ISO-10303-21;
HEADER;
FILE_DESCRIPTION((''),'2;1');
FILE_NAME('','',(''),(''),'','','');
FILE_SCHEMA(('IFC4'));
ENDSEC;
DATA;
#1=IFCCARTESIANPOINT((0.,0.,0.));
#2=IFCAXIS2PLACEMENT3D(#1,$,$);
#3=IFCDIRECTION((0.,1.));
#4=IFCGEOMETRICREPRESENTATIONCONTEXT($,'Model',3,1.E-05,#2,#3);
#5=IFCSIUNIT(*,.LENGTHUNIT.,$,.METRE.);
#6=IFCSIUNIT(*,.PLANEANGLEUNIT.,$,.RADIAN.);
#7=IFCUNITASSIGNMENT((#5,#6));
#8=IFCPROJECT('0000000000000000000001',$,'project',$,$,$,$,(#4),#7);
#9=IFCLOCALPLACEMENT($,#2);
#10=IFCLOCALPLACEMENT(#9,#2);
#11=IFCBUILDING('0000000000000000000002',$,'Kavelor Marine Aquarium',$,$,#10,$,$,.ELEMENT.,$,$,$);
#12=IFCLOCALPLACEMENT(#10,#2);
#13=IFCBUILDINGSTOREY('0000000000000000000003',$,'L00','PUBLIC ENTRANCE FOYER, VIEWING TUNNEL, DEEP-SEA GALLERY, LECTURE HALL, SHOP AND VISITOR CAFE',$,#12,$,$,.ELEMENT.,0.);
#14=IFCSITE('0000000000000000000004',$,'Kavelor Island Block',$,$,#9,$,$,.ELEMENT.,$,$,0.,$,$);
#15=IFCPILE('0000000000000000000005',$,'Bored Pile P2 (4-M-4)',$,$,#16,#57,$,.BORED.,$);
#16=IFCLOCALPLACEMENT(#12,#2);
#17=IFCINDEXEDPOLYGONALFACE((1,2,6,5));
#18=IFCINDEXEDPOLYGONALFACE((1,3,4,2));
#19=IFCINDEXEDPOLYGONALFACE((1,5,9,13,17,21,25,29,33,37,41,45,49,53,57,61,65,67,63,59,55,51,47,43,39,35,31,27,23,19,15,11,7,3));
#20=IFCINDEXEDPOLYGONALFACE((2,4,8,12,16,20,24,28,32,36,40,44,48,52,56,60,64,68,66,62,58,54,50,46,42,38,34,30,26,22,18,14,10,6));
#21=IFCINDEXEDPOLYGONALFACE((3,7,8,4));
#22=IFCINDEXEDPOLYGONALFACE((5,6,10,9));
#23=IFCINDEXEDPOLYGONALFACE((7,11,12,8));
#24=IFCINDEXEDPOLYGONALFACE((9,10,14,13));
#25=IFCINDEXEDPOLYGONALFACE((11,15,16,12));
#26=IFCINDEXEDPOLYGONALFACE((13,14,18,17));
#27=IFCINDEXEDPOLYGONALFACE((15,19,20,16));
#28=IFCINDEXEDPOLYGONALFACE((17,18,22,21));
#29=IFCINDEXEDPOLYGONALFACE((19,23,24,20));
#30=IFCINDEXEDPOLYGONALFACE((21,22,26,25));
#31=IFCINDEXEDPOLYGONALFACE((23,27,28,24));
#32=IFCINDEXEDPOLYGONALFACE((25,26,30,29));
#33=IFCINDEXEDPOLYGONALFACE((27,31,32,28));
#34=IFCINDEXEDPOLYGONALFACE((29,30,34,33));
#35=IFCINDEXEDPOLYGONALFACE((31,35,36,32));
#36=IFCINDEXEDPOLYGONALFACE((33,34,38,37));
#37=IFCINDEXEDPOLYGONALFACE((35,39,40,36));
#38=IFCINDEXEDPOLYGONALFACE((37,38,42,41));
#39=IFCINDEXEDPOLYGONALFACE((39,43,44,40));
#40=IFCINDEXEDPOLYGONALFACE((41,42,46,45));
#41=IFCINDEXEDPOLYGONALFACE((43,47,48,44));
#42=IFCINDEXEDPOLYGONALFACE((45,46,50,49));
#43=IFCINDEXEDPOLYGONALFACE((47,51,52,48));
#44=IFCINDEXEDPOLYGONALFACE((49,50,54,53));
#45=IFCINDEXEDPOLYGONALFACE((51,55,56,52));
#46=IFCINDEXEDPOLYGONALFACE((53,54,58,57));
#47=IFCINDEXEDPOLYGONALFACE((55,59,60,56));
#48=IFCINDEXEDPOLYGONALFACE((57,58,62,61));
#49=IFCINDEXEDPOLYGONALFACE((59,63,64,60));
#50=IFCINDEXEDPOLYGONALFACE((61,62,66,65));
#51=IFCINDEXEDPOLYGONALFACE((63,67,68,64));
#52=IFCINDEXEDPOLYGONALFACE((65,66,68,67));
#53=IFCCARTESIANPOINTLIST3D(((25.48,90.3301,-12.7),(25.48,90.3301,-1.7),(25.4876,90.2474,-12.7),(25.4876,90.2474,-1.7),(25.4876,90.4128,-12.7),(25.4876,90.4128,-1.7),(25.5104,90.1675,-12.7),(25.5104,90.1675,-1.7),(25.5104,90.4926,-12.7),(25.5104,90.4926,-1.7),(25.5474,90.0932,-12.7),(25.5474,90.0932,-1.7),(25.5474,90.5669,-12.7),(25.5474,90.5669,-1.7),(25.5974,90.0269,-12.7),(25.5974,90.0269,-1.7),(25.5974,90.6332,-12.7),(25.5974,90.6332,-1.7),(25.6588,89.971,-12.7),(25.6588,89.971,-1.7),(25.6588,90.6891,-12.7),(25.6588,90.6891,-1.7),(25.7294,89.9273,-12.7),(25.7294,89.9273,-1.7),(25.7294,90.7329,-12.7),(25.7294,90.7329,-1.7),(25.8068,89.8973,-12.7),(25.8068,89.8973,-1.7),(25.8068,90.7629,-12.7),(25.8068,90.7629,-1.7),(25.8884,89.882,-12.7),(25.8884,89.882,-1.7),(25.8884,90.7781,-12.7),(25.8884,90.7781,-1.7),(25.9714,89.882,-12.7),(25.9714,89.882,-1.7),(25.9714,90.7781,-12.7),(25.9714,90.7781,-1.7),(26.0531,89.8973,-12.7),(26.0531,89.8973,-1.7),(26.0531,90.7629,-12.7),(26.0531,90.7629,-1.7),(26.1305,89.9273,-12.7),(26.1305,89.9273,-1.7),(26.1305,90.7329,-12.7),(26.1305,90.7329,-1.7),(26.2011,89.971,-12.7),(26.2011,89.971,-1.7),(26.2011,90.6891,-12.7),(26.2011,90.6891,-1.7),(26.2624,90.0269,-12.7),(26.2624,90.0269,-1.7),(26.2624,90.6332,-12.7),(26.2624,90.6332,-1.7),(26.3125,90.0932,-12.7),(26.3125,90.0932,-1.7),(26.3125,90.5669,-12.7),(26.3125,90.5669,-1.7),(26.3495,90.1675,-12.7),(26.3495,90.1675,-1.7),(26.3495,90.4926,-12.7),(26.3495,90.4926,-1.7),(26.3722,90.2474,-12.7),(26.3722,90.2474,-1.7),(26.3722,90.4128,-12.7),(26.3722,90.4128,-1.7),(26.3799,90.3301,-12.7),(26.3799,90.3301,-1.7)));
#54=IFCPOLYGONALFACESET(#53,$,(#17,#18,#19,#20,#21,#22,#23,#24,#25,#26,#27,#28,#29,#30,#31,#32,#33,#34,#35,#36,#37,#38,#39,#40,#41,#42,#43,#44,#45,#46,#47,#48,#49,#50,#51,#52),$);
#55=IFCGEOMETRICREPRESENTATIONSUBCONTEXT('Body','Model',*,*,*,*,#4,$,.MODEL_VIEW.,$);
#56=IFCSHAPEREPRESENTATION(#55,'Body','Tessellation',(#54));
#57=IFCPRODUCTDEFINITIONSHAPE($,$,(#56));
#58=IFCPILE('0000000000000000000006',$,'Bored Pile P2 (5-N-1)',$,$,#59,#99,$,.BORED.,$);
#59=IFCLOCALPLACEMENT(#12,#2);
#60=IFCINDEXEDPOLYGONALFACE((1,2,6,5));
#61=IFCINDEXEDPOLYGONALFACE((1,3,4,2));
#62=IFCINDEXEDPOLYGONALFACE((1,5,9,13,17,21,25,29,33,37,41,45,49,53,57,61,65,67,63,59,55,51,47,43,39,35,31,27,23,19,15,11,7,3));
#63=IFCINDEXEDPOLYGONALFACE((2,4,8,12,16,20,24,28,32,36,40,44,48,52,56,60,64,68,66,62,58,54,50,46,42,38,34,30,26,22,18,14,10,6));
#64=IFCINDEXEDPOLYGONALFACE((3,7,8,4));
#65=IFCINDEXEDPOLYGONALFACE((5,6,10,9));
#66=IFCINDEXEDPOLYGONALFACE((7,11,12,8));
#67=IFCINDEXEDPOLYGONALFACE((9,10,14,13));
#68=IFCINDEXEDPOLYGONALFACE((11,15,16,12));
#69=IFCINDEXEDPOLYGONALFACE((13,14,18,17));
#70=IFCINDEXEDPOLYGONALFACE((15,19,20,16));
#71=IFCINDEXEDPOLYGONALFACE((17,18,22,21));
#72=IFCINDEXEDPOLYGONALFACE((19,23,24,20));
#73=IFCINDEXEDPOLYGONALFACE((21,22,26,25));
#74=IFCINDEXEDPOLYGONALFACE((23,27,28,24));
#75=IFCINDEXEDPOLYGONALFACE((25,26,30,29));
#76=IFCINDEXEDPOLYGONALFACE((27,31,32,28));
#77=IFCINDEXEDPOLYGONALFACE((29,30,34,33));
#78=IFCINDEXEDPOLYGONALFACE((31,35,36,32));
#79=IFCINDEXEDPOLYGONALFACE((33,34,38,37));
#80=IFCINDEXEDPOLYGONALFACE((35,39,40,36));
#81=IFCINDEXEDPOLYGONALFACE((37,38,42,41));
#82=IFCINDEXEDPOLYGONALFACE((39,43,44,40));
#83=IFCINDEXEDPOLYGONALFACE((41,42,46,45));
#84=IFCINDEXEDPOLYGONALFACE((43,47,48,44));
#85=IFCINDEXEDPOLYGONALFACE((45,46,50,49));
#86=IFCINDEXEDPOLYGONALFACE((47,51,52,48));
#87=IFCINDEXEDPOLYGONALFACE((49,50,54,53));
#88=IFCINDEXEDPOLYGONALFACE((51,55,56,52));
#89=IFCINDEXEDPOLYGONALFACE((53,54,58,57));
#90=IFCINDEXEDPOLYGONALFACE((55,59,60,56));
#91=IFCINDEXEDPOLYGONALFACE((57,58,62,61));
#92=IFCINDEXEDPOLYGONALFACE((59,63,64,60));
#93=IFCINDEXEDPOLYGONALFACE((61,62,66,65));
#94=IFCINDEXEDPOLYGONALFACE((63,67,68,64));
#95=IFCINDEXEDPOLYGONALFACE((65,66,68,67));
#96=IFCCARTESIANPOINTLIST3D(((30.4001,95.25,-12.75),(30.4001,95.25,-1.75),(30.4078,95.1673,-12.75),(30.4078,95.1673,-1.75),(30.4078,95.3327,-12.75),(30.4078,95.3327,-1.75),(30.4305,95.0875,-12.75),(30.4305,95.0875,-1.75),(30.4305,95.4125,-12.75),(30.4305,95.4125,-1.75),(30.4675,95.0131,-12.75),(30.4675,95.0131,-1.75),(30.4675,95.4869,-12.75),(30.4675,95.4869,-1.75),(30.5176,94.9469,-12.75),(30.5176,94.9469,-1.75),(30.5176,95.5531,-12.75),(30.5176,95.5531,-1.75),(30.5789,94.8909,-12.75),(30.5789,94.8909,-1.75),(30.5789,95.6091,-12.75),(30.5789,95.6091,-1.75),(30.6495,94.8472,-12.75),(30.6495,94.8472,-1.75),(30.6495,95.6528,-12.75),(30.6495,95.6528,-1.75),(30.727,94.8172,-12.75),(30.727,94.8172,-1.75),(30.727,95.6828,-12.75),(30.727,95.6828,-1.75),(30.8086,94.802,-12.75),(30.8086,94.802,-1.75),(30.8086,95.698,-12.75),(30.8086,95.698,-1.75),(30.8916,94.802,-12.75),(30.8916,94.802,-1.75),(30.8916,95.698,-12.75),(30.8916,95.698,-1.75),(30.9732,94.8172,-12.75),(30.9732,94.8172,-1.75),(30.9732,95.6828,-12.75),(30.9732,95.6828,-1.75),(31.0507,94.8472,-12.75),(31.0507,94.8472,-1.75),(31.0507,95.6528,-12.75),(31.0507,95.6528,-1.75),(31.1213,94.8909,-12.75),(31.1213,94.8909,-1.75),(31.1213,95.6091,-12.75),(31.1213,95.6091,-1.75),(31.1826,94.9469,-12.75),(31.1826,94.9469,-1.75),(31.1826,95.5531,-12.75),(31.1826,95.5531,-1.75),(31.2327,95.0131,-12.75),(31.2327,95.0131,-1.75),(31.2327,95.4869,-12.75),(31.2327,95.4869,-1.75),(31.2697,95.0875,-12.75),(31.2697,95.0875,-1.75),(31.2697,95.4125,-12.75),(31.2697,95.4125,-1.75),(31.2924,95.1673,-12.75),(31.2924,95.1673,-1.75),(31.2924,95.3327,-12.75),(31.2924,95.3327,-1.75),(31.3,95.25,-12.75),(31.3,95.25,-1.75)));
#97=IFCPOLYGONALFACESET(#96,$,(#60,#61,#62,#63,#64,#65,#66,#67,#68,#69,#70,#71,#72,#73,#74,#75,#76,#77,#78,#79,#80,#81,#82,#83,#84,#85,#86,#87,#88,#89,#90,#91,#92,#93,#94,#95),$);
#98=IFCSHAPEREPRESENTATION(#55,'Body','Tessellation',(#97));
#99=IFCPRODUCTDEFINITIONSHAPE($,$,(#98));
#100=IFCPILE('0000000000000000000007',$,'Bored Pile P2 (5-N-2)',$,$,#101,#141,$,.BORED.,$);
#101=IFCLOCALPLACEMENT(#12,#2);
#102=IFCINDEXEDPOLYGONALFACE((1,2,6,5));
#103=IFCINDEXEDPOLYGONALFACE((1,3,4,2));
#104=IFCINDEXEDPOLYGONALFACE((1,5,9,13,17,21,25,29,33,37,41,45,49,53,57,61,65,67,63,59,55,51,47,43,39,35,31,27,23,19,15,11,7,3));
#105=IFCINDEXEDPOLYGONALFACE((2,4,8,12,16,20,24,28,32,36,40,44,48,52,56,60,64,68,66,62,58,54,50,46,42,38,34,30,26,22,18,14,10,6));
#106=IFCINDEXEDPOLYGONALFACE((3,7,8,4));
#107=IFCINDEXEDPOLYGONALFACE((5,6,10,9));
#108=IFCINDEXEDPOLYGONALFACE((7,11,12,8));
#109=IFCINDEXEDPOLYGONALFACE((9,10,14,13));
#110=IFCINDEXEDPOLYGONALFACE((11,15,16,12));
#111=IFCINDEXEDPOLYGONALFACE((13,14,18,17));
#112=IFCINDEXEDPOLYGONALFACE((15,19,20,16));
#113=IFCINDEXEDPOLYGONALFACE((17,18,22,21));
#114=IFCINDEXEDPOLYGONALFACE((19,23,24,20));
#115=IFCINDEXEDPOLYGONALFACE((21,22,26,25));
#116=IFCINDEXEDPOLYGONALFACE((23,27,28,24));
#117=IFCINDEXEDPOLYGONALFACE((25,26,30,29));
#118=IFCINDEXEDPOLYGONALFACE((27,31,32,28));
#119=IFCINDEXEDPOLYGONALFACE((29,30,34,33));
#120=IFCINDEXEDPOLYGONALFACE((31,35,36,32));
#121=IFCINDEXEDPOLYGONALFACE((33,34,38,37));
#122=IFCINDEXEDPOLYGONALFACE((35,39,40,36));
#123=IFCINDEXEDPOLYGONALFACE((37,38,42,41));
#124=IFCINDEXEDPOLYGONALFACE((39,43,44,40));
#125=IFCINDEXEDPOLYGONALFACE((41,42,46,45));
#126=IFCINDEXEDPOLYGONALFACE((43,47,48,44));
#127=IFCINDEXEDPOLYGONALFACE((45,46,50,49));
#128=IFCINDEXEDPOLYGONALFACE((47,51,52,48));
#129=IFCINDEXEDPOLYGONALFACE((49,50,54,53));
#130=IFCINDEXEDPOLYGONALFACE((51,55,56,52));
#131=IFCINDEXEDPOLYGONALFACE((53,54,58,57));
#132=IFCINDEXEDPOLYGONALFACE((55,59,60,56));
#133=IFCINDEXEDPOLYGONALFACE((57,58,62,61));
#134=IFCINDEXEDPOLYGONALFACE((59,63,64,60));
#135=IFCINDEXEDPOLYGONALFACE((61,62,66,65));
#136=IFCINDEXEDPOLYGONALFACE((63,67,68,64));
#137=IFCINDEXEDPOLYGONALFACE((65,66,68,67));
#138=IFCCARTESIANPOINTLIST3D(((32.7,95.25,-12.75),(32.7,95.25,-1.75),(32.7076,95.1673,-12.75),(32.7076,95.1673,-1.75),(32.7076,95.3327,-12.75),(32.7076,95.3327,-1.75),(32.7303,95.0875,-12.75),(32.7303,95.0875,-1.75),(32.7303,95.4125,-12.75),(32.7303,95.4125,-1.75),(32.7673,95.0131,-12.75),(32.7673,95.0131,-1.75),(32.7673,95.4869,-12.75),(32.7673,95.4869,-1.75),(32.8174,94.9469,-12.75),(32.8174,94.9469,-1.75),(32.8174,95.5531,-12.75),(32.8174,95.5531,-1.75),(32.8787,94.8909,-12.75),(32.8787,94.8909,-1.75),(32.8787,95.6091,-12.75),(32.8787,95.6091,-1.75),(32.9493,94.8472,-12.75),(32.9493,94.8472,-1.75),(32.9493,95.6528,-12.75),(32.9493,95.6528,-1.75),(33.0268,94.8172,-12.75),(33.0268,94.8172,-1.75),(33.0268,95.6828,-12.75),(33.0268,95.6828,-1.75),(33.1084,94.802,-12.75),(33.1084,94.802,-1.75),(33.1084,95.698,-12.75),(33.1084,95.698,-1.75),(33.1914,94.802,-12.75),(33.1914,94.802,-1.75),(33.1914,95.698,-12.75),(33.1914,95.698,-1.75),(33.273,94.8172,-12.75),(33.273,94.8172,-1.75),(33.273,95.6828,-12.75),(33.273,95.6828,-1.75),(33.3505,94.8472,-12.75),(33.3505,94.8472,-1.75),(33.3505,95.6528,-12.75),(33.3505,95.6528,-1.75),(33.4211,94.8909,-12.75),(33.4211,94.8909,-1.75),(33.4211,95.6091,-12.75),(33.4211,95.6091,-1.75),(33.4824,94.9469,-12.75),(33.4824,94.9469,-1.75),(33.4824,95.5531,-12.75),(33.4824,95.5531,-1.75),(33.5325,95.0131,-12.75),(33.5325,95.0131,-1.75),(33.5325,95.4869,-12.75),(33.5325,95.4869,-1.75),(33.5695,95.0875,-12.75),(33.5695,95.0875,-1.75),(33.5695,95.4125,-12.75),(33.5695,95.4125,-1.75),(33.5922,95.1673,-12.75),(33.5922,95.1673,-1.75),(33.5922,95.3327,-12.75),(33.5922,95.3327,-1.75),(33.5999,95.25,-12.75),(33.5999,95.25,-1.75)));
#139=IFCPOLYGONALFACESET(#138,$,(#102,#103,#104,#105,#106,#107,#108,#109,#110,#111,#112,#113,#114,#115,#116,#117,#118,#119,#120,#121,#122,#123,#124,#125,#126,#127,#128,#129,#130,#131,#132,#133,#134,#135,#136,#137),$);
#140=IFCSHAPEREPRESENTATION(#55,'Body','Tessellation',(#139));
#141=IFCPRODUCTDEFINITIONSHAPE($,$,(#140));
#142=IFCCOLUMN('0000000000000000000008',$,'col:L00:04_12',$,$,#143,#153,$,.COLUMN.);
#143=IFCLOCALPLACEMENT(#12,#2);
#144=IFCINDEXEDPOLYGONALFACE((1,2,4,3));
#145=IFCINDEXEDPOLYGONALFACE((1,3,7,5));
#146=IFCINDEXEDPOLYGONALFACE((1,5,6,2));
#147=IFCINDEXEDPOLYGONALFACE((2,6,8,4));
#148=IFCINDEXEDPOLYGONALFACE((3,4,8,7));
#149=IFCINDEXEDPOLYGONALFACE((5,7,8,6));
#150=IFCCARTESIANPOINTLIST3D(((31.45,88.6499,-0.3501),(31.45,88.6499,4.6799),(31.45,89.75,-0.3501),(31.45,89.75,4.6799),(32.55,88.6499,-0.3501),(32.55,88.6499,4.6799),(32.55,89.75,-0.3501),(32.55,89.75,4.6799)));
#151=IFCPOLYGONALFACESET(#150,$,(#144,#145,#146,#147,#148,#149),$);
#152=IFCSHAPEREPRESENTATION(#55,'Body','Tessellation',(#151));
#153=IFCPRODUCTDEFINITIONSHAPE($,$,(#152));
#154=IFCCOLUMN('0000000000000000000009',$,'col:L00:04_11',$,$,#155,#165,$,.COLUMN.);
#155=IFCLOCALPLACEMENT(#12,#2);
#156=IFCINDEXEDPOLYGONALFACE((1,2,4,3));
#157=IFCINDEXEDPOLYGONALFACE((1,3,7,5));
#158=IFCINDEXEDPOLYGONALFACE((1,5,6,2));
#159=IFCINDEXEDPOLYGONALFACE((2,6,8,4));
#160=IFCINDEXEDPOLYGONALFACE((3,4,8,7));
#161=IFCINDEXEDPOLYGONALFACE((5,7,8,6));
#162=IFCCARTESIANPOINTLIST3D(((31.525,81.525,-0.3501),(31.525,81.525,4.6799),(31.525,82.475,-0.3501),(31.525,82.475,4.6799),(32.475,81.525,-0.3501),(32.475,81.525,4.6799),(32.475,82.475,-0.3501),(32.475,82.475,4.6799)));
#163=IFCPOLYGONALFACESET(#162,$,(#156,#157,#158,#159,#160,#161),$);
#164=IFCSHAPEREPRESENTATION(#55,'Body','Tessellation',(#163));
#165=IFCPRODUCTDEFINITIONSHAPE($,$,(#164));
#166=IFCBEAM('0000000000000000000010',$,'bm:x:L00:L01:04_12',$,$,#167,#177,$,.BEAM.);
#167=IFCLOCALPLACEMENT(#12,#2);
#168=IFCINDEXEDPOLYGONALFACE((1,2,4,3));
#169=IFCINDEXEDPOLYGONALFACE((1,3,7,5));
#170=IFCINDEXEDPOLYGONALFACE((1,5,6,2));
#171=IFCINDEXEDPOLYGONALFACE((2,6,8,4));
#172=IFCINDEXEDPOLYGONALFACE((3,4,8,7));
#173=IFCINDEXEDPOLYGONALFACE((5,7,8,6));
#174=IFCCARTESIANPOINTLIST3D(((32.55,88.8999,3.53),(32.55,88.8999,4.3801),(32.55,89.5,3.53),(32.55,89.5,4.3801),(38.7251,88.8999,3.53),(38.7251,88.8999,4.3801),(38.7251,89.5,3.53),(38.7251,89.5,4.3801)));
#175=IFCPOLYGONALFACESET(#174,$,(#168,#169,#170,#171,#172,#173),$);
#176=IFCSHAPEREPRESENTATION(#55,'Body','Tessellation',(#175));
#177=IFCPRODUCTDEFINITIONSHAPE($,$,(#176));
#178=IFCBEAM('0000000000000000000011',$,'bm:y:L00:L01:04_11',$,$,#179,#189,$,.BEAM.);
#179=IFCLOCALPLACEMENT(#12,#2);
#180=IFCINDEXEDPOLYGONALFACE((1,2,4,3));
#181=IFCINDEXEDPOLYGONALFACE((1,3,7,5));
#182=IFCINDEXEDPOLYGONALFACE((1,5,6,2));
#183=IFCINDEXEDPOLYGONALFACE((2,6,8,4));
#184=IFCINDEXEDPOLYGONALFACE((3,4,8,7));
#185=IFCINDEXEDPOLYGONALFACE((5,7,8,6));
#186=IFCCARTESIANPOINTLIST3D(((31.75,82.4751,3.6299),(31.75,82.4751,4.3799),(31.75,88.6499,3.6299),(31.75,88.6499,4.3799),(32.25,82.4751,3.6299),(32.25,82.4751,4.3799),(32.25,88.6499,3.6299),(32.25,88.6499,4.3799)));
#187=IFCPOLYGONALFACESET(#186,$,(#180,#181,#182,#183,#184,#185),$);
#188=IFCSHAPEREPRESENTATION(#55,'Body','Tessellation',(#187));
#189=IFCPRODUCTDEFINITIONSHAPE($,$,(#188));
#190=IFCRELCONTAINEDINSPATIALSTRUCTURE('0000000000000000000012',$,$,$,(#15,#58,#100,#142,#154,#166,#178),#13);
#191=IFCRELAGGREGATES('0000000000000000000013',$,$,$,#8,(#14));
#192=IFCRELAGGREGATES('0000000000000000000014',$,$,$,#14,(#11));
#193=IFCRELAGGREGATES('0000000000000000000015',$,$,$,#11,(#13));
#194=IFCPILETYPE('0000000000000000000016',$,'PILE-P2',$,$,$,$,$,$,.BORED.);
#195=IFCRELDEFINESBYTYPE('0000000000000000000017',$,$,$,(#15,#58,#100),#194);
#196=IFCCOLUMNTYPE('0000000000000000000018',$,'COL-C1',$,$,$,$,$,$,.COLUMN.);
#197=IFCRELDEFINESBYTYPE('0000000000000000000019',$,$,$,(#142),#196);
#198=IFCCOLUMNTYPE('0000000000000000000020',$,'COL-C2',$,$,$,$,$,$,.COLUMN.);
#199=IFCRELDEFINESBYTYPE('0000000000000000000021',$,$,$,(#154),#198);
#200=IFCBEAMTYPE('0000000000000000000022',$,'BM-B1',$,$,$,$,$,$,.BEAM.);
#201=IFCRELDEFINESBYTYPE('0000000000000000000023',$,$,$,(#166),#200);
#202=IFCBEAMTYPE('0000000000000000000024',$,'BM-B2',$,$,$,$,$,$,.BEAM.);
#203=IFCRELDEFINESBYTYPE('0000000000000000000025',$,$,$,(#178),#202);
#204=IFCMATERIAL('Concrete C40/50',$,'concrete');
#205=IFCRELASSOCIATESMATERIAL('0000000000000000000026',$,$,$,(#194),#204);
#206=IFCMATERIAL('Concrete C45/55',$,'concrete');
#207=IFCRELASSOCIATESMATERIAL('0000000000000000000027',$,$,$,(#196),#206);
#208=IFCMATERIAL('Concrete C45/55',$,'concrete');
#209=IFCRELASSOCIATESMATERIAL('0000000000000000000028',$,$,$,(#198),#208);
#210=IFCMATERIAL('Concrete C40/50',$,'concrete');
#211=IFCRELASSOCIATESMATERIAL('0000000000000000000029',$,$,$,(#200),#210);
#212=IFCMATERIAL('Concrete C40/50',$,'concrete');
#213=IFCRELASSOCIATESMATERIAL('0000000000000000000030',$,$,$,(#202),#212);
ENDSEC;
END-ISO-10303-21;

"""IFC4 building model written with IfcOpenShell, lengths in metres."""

from ifc_helpers import new_model, si_unit, direction, frame, origin, origin_2d, place, context, subcontext, project, spatial, rectangle, circle, extrude, material, material_profile, profile_set, type_object, element, save


model = new_model("IFC4")

# Units and contexts
model_context = context("Model", 3, precision=1e-05, world=origin(), true_north=direction((0.0, 1.0)))
body_context = subcontext(model_context, "Body", "Model", "MODEL_VIEW")
ifc_project = project(units=[si_unit("LENGTHUNIT", "METRE"), si_unit("PLANEANGLEUNIT", "RADIAN")], contexts=[model_context])

# Site, building, storey
site_placement = place(None, origin())
site = spatial("IfcSite", under=ifc_project, at=site_placement, Name="Kavelor Island Block", CompositionType="ELEMENT", RefElevation=0.0)
building_placement = place(site_placement, origin())
building = spatial("IfcBuilding", under=site, at=building_placement, Name="Kavelor Marine Aquarium", CompositionType="ELEMENT")
storey_placement = place(building_placement, origin())
storey = spatial("IfcBuildingStorey", under=building, at=storey_placement, Name="L00", Description="PUBLIC ENTRANCE FOYER, VIEWING TUNNEL, DEEP-SEA GALLERY, LECTURE HALL, SHOP AND VISITOR CAFE", CompositionType="ELEMENT", Elevation=0.0)

# Piles
ifc_material_1 = material(Name="Concrete C40/50", Category="concrete")
ifc_material_profile_1 = material_profile(ifc_material_1, circle(Radius=0.45, at=origin_2d()), Name="PILE D900")
ifc_profile_set_1 = profile_set([ifc_material_profile_1], Name="Concrete C40/50")
pile_type_1 = type_object("IfcPileType", Name="PILE-P2", PredefinedType="BORED", material=ifc_profile_set_1)
for number, where, z_axis, x_axis, name in (
    (1, (25.9299, 90.3301, -1.7), (0.0, 0.0, -1.0), (1.0, 0.0, 0.0), "Bored Pile P2 (4-M-4)"),
    (2, (30.8501, 95.25, -1.75), (0.0, 0.0, -1.0), (1.0, 0.0, 0.0), "Bored Pile P2 (5-N-1)"),
    (3, (33.1499, 95.25, -1.75), (0.0, 0.0, -1.0), (1.0, 0.0, 0.0), "Bored Pile P2 (5-N-2)"),
):
    element("IfcPile", number, at=place(storey_placement, frame(where, z_axis=z_axis, x_axis=x_axis)), inside=storey, type_object=pile_type_1, Name=name, PredefinedType="BORED", context=body_context, shape_type="SweptSolid", body=[
        extrude(circle(Radius=0.45, at=origin_2d()), origin(), (0.0, 0.0, 1.0), 11.0),
    ])

# Columns
ifc_material_2 = material(Name="Concrete C45/55", Category="concrete")
ifc_material_profile_2 = material_profile(ifc_material_2, rectangle(XDim=1.1001, YDim=1.1001, at=origin_2d()), Name="RC-COL 1100x1100")
ifc_profile_set_2 = profile_set([ifc_material_profile_2], Name="Concrete C45/55")
column_type_1 = type_object("IfcColumnType", Name="COL-C1", PredefinedType="COLUMN", material=ifc_profile_set_2)
column_1_placement = place(storey_placement, frame((32.0, 89.2, -0.3501), z_axis=(0.0, 0.0, 1.0), x_axis=(1.0, 0.0, 0.0)))
element("IfcColumn", 4, at=column_1_placement, inside=storey, type_object=column_type_1, Name="col:L00:04_12", PredefinedType="COLUMN", context=body_context, shape_type="SweptSolid", body=[
    extrude(rectangle(XDim=1.1001, YDim=1.1001, at=origin_2d()), origin(), (0.0, 0.0, 1.0), 5.03),
])
ifc_material_3 = material(Name="Concrete C45/55", Category="concrete")
ifc_material_profile_3 = material_profile(ifc_material_3, rectangle(XDim=0.95, YDim=0.95, at=origin_2d()), Name="RC-COL 950x950")
ifc_profile_set_3 = profile_set([ifc_material_profile_3], Name="Concrete C45/55")
column_type_2 = type_object("IfcColumnType", Name="COL-C2", PredefinedType="COLUMN", material=ifc_profile_set_3)
column_2_placement = place(storey_placement, frame((32.0, 82.0, -0.3501), z_axis=(0.0, 0.0, 1.0), x_axis=(1.0, 0.0, 0.0)))
element("IfcColumn", 5, at=column_2_placement, inside=storey, type_object=column_type_2, Name="col:L00:04_11", PredefinedType="COLUMN", context=body_context, shape_type="SweptSolid", body=[
    extrude(rectangle(XDim=0.95, YDim=0.95, at=origin_2d()), origin(), (0.0, 0.0, 1.0), 5.03),
])

# Beams
ifc_material_4 = material(Name="Concrete C40/50", Category="concrete")
ifc_material_profile_4 = material_profile(ifc_material_4, rectangle(XDim=0.6001, YDim=0.8501, at=origin_2d()), Name="RC-BM 600x850")
ifc_profile_set_4 = profile_set([ifc_material_profile_4], Name="Concrete C40/50")
beam_type_1 = type_object("IfcBeamType", Name="BM-B1", PredefinedType="BEAM", material=ifc_profile_set_4)
beam_1_placement = place(storey_placement, frame((32.55, 89.2, 3.9551), z_axis=(1.0, 0.0, 0.0), x_axis=(0.0, 1.0, 0.0)))
element("IfcBeam", 6, at=beam_1_placement, inside=storey, type_object=beam_type_1, Name="bm:x:L00:L01:04_12", PredefinedType="BEAM", context=body_context, shape_type="SweptSolid", body=[
    extrude(rectangle(XDim=0.6001, YDim=0.8501, at=origin_2d()), origin(), (0.0, 0.0, 1.0), 6.175),
])
ifc_material_5 = material(Name="Concrete C40/50", Category="concrete")
ifc_material_profile_5 = material_profile(ifc_material_5, rectangle(XDim=0.5, YDim=0.75, at=origin_2d()), Name="RC-BM 500x750")
ifc_profile_set_5 = profile_set([ifc_material_profile_5], Name="Concrete C40/50")
beam_type_2 = type_object("IfcBeamType", Name="BM-B2", PredefinedType="BEAM", material=ifc_profile_set_5)
beam_2_placement = place(storey_placement, frame((32.0, 82.4751, 4.0049), z_axis=(0.0, 1.0, 0.0), x_axis=(-1.0, 0.0, 0.0)))
element("IfcBeam", 7, at=beam_2_placement, inside=storey, type_object=beam_type_2, Name="bm:y:L00:L01:04_11", PredefinedType="BEAM", context=body_context, shape_type="SweptSolid", body=[
    extrude(rectangle(XDim=0.5, YDim=0.75, at=origin_2d()), origin(), (0.0, 0.0, 1.0), 6.1748),
])

save(model, "model.ifc")
